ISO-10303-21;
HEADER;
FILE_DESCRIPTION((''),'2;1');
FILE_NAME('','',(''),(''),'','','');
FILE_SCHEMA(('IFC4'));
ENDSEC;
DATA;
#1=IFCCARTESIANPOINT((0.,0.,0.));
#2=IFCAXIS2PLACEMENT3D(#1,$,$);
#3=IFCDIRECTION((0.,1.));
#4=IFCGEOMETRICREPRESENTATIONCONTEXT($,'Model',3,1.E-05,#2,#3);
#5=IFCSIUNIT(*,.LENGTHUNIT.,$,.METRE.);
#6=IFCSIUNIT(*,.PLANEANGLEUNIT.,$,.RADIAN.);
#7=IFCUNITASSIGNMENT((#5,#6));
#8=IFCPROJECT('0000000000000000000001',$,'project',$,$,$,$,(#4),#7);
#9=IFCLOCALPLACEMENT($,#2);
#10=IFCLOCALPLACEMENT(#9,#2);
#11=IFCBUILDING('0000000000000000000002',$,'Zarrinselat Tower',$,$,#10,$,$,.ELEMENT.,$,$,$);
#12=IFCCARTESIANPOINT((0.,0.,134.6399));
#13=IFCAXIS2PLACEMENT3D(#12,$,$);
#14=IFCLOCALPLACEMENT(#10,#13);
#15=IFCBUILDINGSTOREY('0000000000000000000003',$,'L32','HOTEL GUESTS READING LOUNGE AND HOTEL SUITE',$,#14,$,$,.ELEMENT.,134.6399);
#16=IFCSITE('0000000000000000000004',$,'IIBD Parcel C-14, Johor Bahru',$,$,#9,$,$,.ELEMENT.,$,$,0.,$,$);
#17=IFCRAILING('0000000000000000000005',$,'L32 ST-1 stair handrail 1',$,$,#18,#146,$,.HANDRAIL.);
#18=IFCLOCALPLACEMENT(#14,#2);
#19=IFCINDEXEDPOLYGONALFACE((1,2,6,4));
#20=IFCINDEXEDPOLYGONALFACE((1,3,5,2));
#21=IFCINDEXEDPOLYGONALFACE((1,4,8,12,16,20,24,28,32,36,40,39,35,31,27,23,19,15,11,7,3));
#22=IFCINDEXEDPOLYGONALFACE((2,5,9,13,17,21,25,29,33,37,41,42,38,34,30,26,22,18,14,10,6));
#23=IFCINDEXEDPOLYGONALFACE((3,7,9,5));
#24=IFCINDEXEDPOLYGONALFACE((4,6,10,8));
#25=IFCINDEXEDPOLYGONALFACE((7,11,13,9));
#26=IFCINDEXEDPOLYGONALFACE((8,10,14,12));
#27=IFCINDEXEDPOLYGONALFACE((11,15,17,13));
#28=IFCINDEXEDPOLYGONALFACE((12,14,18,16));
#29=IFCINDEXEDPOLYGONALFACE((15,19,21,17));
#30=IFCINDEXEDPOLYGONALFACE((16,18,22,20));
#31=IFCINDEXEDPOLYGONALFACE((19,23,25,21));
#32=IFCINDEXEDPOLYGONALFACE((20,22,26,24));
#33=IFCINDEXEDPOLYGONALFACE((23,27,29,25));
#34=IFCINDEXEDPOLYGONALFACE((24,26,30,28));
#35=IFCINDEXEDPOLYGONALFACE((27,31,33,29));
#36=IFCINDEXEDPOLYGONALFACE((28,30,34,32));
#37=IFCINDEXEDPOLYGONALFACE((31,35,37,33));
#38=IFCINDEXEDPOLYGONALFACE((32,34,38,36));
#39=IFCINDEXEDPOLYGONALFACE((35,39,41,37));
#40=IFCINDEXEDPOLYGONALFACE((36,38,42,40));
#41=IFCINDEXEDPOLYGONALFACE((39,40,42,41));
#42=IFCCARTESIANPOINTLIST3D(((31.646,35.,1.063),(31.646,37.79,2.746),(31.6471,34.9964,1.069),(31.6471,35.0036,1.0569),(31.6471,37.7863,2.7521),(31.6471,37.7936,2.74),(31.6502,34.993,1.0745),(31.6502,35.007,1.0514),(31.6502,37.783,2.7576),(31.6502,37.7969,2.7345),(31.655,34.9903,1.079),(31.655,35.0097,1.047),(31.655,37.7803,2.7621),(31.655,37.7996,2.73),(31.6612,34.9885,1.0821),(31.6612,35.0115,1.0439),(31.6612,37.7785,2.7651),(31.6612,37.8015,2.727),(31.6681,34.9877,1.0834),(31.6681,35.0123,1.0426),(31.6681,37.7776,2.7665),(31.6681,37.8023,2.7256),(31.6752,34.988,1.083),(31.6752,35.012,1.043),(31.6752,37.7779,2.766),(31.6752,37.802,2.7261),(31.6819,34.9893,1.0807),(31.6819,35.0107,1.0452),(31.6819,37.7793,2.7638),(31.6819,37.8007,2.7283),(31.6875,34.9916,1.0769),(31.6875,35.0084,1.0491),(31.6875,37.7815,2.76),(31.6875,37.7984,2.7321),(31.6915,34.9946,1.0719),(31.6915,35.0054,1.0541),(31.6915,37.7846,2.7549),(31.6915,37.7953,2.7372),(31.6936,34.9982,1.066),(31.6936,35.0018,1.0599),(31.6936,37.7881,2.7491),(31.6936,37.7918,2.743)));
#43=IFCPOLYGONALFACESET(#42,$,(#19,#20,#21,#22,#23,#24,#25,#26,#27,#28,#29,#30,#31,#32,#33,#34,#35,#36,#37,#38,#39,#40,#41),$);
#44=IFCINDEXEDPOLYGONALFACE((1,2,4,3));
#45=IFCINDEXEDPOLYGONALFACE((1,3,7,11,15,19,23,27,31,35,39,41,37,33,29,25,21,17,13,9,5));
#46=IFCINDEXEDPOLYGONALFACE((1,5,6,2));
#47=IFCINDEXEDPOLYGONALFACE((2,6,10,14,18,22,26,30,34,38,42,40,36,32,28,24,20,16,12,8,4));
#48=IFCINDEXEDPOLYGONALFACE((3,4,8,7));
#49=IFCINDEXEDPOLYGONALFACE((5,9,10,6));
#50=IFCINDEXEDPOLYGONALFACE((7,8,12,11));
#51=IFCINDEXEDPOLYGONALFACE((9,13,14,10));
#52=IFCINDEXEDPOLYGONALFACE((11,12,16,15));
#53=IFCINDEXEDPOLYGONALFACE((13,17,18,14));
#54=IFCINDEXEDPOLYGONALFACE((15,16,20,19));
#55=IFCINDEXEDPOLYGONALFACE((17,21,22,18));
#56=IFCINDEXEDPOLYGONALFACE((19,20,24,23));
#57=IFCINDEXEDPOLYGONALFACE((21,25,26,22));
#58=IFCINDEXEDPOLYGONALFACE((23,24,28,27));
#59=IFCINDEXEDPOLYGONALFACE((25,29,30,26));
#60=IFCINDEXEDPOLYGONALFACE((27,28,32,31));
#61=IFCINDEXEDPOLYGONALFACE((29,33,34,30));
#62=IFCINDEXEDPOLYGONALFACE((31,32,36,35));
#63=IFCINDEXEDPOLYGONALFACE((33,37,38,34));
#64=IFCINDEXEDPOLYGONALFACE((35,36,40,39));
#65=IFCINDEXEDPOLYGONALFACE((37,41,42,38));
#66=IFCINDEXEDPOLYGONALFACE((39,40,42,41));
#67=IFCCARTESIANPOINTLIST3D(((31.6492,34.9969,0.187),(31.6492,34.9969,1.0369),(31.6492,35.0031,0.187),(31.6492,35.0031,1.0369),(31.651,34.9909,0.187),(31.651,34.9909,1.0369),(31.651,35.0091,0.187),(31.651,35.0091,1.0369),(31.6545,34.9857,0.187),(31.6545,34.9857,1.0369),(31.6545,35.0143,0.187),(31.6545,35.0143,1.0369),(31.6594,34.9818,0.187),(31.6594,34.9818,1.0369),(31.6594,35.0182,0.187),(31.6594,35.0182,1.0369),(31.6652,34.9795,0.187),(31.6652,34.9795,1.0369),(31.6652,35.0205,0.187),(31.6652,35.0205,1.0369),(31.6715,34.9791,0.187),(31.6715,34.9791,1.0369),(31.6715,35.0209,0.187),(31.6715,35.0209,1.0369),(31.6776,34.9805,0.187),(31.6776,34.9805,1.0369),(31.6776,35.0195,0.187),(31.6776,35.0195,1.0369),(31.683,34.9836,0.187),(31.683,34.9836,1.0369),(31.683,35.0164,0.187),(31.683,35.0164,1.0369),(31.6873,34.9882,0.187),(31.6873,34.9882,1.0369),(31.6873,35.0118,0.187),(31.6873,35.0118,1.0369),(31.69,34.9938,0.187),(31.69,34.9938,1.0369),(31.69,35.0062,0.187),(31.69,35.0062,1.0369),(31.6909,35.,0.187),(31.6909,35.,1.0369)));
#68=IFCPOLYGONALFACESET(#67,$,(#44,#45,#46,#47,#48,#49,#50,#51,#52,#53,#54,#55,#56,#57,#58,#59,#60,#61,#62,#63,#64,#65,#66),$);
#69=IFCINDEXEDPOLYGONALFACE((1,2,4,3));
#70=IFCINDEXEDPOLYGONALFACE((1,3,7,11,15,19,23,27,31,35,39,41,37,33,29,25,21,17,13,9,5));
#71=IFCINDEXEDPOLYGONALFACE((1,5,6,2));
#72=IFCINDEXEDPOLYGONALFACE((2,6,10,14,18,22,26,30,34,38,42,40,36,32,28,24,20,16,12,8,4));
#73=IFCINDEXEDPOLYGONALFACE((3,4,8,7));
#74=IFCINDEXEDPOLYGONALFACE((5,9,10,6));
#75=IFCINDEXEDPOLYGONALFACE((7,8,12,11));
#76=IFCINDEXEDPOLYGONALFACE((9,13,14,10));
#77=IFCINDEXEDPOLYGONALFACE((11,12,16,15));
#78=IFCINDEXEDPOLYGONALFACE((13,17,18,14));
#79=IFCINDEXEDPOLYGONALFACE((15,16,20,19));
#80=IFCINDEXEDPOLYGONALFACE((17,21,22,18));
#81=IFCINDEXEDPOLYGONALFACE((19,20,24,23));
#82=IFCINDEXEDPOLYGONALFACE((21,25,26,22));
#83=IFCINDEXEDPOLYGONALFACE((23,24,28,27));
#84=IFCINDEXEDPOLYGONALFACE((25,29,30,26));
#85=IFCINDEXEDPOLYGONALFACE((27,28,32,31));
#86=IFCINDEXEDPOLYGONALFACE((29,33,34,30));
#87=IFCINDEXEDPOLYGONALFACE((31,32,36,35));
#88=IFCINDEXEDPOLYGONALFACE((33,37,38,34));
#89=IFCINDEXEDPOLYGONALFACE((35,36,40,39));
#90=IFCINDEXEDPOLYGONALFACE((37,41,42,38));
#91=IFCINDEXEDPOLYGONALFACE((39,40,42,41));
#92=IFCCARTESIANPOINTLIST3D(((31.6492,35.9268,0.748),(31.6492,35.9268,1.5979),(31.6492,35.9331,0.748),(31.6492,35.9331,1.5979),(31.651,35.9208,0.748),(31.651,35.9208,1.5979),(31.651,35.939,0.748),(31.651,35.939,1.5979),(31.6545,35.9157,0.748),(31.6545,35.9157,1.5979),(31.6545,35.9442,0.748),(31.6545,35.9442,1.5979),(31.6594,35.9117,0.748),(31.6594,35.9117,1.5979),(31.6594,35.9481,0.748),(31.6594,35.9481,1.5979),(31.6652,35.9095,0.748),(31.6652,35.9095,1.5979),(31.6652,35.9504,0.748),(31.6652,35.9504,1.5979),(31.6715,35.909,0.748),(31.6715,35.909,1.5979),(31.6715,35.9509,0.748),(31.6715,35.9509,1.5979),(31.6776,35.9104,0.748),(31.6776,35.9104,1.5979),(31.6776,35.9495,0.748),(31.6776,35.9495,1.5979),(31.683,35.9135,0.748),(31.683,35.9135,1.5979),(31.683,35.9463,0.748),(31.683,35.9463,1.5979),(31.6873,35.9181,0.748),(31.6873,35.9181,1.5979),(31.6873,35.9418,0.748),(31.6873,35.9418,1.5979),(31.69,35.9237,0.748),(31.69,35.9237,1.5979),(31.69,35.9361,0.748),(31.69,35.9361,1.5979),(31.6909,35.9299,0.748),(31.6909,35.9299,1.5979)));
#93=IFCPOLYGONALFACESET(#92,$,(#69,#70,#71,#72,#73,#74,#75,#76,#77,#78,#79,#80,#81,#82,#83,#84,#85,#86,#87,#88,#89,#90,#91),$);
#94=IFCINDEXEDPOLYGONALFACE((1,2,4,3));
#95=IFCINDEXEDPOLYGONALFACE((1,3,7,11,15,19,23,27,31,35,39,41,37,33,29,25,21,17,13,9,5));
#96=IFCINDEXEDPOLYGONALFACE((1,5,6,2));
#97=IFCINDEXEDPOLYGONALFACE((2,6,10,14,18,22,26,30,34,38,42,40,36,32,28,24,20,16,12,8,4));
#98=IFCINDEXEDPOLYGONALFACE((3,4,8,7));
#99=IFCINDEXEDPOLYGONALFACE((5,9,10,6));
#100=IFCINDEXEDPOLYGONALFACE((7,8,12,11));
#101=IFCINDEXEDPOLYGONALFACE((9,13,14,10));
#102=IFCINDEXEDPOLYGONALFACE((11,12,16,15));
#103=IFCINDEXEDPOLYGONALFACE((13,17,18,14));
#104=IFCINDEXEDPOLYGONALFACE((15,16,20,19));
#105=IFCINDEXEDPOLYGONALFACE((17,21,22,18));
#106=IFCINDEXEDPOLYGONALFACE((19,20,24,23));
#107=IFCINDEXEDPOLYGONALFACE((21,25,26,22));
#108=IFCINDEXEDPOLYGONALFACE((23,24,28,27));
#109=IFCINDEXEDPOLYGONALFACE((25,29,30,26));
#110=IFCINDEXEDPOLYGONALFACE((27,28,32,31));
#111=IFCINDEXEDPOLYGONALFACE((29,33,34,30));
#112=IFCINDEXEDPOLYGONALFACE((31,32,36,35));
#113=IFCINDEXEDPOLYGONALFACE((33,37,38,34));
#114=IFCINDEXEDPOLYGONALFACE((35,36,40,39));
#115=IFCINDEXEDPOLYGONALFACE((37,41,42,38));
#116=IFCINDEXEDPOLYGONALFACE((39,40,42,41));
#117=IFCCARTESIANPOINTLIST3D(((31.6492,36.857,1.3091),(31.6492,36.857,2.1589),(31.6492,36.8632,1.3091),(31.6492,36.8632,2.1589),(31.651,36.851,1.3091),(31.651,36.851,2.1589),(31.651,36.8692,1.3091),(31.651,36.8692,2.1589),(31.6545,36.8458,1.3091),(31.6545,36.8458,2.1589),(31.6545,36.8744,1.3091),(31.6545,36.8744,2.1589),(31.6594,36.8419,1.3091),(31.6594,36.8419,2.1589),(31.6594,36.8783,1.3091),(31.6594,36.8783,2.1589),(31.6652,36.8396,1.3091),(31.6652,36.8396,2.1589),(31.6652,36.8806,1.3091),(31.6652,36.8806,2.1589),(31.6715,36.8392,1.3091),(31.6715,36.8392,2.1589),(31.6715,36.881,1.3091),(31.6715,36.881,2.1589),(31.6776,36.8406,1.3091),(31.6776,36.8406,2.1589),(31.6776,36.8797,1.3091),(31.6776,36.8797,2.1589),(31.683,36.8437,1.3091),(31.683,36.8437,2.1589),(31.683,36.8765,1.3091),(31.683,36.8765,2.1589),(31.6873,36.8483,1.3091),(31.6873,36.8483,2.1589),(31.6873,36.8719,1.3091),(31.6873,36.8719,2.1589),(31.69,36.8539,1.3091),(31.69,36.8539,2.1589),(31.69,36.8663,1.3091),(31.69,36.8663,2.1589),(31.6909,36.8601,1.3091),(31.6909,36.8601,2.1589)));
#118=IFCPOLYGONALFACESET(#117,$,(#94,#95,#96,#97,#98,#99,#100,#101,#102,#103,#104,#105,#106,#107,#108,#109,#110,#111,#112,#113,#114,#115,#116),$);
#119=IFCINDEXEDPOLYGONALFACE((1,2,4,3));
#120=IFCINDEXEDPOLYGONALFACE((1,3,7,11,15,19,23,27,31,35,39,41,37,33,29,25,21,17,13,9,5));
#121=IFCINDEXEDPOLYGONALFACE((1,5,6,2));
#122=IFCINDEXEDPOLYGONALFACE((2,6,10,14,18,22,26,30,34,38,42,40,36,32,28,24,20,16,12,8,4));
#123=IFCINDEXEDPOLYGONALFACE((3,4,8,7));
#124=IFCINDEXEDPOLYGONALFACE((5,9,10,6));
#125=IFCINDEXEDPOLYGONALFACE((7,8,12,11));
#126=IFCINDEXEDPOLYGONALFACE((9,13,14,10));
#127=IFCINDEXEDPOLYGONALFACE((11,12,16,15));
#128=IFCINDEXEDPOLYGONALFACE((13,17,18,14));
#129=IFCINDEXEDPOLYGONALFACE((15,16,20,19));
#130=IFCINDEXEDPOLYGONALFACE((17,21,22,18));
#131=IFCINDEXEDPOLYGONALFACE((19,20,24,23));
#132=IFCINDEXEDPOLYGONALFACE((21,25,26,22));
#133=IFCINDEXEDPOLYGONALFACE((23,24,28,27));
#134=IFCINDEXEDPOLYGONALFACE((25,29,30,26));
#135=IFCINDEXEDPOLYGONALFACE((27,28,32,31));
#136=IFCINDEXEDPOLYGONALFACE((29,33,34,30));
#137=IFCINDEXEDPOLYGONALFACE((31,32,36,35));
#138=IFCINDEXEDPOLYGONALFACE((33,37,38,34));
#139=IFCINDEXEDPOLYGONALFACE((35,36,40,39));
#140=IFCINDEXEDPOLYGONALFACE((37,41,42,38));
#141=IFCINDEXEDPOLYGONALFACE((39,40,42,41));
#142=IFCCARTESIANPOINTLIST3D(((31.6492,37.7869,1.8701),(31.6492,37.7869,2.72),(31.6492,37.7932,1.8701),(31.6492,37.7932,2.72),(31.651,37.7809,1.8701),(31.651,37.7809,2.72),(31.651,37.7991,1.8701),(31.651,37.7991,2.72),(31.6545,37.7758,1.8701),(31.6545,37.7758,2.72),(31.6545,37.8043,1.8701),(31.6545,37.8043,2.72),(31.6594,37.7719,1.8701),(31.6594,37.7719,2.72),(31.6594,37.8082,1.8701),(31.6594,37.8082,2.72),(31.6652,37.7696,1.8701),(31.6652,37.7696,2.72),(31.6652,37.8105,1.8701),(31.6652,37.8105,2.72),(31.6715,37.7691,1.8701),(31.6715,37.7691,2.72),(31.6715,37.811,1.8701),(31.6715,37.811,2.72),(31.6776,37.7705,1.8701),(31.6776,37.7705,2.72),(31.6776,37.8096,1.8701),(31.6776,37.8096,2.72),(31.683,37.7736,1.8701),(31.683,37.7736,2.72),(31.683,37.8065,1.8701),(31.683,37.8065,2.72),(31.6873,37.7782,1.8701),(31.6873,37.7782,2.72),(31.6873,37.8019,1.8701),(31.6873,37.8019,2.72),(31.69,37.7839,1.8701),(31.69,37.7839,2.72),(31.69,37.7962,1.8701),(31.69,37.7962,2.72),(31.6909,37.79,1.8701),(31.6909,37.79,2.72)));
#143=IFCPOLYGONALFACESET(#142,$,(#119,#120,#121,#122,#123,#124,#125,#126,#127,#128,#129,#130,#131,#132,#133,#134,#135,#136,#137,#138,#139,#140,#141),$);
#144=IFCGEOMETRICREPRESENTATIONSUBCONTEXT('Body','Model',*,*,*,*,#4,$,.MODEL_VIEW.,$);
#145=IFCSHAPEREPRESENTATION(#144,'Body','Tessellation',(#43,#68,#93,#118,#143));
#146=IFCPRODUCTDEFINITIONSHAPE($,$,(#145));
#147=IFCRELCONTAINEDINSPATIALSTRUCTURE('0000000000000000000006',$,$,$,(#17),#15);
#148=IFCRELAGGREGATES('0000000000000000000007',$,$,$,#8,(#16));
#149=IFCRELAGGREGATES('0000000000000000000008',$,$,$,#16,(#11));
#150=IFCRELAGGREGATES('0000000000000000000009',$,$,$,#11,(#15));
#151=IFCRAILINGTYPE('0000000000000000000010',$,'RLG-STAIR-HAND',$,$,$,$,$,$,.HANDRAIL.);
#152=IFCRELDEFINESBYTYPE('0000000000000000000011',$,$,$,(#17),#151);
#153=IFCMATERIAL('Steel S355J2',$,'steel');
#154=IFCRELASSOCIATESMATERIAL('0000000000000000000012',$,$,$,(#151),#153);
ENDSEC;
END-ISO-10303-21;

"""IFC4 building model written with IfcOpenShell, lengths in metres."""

from ifc_helpers import new_model, si_unit, direction, frame, origin, origin_2d, place, context, subcontext, project, spatial, circle, extrude, material, type_object, element, save


model = new_model("IFC4")

# Units and contexts
model_context = context("Model", 3, precision=1e-05, world=origin(), true_north=direction((0.0, 1.0)))
body_context = subcontext(model_context, "Body", "Model", "MODEL_VIEW")
ifc_project = project(units=[si_unit("LENGTHUNIT", "METRE"), si_unit("PLANEANGLEUNIT", "RADIAN")], contexts=[model_context])

# Site, building, storey
site_placement = place(None, origin())
site = spatial("IfcSite", under=ifc_project, at=site_placement, Name="IIBD Parcel C-14, Johor Bahru", CompositionType="ELEMENT", RefElevation=0.0)
building_placement = place(site_placement, origin())
building = spatial("IfcBuilding", under=site, at=building_placement, Name="Zarrinselat Tower", CompositionType="ELEMENT")
storey_placement = place(building_placement, frame((0.0, 0.0, 134.6399)))
storey = spatial("IfcBuildingStorey", under=building, at=storey_placement, Name="L32", Description="HOTEL GUESTS READING LOUNGE AND HOTEL SUITE", CompositionType="ELEMENT", Elevation=134.6399)

# Railing
ifc_material_1 = material(Name="Steel S355J2", Category="steel")
railing_type_1 = type_object("IfcRailingType", Name="RLG-STAIR-HAND", PredefinedType="HANDRAIL", material=ifc_material_1)
railing_1_placement = place(storey_placement, frame((31.6699, 35.0, 0.187)))
element("IfcRailing", 1, at=railing_1_placement, inside=storey, type_object=railing_type_1, Name="L32 ST-1 stair handrail 1", PredefinedType="HANDRAIL", context=body_context, shape_type="SweptSolid", body=[
    extrude(circle(Radius=0.0239, at=origin_2d()), frame((0.0, 0.0, 0.876), z_axis=(0.0, 0.856261, 0.516544), x_axis=(-1.0, 0.0, 0.0)), (0.0, 0.0, 1.0), 3.2583),
    extrude(circle(Radius=0.021, at=origin_2d()), origin(), (0.0, 0.0, 1.0), 0.8499),
    extrude(circle(Radius=0.021, at=origin_2d()), frame((0.0, 0.9299, 0.561)), (0.0, 0.0, 1.0), 0.8499),
    extrude(circle(Radius=0.021, at=origin_2d()), frame((0.0, 1.8601, 1.1221)), (0.0, 0.0, 1.0), 0.8499),
    extrude(circle(Radius=0.021, at=origin_2d()), frame((0.0, 2.79, 1.6831)), (0.0, 0.0, 1.0), 0.8499),
])

save(model, "model.ifc")
